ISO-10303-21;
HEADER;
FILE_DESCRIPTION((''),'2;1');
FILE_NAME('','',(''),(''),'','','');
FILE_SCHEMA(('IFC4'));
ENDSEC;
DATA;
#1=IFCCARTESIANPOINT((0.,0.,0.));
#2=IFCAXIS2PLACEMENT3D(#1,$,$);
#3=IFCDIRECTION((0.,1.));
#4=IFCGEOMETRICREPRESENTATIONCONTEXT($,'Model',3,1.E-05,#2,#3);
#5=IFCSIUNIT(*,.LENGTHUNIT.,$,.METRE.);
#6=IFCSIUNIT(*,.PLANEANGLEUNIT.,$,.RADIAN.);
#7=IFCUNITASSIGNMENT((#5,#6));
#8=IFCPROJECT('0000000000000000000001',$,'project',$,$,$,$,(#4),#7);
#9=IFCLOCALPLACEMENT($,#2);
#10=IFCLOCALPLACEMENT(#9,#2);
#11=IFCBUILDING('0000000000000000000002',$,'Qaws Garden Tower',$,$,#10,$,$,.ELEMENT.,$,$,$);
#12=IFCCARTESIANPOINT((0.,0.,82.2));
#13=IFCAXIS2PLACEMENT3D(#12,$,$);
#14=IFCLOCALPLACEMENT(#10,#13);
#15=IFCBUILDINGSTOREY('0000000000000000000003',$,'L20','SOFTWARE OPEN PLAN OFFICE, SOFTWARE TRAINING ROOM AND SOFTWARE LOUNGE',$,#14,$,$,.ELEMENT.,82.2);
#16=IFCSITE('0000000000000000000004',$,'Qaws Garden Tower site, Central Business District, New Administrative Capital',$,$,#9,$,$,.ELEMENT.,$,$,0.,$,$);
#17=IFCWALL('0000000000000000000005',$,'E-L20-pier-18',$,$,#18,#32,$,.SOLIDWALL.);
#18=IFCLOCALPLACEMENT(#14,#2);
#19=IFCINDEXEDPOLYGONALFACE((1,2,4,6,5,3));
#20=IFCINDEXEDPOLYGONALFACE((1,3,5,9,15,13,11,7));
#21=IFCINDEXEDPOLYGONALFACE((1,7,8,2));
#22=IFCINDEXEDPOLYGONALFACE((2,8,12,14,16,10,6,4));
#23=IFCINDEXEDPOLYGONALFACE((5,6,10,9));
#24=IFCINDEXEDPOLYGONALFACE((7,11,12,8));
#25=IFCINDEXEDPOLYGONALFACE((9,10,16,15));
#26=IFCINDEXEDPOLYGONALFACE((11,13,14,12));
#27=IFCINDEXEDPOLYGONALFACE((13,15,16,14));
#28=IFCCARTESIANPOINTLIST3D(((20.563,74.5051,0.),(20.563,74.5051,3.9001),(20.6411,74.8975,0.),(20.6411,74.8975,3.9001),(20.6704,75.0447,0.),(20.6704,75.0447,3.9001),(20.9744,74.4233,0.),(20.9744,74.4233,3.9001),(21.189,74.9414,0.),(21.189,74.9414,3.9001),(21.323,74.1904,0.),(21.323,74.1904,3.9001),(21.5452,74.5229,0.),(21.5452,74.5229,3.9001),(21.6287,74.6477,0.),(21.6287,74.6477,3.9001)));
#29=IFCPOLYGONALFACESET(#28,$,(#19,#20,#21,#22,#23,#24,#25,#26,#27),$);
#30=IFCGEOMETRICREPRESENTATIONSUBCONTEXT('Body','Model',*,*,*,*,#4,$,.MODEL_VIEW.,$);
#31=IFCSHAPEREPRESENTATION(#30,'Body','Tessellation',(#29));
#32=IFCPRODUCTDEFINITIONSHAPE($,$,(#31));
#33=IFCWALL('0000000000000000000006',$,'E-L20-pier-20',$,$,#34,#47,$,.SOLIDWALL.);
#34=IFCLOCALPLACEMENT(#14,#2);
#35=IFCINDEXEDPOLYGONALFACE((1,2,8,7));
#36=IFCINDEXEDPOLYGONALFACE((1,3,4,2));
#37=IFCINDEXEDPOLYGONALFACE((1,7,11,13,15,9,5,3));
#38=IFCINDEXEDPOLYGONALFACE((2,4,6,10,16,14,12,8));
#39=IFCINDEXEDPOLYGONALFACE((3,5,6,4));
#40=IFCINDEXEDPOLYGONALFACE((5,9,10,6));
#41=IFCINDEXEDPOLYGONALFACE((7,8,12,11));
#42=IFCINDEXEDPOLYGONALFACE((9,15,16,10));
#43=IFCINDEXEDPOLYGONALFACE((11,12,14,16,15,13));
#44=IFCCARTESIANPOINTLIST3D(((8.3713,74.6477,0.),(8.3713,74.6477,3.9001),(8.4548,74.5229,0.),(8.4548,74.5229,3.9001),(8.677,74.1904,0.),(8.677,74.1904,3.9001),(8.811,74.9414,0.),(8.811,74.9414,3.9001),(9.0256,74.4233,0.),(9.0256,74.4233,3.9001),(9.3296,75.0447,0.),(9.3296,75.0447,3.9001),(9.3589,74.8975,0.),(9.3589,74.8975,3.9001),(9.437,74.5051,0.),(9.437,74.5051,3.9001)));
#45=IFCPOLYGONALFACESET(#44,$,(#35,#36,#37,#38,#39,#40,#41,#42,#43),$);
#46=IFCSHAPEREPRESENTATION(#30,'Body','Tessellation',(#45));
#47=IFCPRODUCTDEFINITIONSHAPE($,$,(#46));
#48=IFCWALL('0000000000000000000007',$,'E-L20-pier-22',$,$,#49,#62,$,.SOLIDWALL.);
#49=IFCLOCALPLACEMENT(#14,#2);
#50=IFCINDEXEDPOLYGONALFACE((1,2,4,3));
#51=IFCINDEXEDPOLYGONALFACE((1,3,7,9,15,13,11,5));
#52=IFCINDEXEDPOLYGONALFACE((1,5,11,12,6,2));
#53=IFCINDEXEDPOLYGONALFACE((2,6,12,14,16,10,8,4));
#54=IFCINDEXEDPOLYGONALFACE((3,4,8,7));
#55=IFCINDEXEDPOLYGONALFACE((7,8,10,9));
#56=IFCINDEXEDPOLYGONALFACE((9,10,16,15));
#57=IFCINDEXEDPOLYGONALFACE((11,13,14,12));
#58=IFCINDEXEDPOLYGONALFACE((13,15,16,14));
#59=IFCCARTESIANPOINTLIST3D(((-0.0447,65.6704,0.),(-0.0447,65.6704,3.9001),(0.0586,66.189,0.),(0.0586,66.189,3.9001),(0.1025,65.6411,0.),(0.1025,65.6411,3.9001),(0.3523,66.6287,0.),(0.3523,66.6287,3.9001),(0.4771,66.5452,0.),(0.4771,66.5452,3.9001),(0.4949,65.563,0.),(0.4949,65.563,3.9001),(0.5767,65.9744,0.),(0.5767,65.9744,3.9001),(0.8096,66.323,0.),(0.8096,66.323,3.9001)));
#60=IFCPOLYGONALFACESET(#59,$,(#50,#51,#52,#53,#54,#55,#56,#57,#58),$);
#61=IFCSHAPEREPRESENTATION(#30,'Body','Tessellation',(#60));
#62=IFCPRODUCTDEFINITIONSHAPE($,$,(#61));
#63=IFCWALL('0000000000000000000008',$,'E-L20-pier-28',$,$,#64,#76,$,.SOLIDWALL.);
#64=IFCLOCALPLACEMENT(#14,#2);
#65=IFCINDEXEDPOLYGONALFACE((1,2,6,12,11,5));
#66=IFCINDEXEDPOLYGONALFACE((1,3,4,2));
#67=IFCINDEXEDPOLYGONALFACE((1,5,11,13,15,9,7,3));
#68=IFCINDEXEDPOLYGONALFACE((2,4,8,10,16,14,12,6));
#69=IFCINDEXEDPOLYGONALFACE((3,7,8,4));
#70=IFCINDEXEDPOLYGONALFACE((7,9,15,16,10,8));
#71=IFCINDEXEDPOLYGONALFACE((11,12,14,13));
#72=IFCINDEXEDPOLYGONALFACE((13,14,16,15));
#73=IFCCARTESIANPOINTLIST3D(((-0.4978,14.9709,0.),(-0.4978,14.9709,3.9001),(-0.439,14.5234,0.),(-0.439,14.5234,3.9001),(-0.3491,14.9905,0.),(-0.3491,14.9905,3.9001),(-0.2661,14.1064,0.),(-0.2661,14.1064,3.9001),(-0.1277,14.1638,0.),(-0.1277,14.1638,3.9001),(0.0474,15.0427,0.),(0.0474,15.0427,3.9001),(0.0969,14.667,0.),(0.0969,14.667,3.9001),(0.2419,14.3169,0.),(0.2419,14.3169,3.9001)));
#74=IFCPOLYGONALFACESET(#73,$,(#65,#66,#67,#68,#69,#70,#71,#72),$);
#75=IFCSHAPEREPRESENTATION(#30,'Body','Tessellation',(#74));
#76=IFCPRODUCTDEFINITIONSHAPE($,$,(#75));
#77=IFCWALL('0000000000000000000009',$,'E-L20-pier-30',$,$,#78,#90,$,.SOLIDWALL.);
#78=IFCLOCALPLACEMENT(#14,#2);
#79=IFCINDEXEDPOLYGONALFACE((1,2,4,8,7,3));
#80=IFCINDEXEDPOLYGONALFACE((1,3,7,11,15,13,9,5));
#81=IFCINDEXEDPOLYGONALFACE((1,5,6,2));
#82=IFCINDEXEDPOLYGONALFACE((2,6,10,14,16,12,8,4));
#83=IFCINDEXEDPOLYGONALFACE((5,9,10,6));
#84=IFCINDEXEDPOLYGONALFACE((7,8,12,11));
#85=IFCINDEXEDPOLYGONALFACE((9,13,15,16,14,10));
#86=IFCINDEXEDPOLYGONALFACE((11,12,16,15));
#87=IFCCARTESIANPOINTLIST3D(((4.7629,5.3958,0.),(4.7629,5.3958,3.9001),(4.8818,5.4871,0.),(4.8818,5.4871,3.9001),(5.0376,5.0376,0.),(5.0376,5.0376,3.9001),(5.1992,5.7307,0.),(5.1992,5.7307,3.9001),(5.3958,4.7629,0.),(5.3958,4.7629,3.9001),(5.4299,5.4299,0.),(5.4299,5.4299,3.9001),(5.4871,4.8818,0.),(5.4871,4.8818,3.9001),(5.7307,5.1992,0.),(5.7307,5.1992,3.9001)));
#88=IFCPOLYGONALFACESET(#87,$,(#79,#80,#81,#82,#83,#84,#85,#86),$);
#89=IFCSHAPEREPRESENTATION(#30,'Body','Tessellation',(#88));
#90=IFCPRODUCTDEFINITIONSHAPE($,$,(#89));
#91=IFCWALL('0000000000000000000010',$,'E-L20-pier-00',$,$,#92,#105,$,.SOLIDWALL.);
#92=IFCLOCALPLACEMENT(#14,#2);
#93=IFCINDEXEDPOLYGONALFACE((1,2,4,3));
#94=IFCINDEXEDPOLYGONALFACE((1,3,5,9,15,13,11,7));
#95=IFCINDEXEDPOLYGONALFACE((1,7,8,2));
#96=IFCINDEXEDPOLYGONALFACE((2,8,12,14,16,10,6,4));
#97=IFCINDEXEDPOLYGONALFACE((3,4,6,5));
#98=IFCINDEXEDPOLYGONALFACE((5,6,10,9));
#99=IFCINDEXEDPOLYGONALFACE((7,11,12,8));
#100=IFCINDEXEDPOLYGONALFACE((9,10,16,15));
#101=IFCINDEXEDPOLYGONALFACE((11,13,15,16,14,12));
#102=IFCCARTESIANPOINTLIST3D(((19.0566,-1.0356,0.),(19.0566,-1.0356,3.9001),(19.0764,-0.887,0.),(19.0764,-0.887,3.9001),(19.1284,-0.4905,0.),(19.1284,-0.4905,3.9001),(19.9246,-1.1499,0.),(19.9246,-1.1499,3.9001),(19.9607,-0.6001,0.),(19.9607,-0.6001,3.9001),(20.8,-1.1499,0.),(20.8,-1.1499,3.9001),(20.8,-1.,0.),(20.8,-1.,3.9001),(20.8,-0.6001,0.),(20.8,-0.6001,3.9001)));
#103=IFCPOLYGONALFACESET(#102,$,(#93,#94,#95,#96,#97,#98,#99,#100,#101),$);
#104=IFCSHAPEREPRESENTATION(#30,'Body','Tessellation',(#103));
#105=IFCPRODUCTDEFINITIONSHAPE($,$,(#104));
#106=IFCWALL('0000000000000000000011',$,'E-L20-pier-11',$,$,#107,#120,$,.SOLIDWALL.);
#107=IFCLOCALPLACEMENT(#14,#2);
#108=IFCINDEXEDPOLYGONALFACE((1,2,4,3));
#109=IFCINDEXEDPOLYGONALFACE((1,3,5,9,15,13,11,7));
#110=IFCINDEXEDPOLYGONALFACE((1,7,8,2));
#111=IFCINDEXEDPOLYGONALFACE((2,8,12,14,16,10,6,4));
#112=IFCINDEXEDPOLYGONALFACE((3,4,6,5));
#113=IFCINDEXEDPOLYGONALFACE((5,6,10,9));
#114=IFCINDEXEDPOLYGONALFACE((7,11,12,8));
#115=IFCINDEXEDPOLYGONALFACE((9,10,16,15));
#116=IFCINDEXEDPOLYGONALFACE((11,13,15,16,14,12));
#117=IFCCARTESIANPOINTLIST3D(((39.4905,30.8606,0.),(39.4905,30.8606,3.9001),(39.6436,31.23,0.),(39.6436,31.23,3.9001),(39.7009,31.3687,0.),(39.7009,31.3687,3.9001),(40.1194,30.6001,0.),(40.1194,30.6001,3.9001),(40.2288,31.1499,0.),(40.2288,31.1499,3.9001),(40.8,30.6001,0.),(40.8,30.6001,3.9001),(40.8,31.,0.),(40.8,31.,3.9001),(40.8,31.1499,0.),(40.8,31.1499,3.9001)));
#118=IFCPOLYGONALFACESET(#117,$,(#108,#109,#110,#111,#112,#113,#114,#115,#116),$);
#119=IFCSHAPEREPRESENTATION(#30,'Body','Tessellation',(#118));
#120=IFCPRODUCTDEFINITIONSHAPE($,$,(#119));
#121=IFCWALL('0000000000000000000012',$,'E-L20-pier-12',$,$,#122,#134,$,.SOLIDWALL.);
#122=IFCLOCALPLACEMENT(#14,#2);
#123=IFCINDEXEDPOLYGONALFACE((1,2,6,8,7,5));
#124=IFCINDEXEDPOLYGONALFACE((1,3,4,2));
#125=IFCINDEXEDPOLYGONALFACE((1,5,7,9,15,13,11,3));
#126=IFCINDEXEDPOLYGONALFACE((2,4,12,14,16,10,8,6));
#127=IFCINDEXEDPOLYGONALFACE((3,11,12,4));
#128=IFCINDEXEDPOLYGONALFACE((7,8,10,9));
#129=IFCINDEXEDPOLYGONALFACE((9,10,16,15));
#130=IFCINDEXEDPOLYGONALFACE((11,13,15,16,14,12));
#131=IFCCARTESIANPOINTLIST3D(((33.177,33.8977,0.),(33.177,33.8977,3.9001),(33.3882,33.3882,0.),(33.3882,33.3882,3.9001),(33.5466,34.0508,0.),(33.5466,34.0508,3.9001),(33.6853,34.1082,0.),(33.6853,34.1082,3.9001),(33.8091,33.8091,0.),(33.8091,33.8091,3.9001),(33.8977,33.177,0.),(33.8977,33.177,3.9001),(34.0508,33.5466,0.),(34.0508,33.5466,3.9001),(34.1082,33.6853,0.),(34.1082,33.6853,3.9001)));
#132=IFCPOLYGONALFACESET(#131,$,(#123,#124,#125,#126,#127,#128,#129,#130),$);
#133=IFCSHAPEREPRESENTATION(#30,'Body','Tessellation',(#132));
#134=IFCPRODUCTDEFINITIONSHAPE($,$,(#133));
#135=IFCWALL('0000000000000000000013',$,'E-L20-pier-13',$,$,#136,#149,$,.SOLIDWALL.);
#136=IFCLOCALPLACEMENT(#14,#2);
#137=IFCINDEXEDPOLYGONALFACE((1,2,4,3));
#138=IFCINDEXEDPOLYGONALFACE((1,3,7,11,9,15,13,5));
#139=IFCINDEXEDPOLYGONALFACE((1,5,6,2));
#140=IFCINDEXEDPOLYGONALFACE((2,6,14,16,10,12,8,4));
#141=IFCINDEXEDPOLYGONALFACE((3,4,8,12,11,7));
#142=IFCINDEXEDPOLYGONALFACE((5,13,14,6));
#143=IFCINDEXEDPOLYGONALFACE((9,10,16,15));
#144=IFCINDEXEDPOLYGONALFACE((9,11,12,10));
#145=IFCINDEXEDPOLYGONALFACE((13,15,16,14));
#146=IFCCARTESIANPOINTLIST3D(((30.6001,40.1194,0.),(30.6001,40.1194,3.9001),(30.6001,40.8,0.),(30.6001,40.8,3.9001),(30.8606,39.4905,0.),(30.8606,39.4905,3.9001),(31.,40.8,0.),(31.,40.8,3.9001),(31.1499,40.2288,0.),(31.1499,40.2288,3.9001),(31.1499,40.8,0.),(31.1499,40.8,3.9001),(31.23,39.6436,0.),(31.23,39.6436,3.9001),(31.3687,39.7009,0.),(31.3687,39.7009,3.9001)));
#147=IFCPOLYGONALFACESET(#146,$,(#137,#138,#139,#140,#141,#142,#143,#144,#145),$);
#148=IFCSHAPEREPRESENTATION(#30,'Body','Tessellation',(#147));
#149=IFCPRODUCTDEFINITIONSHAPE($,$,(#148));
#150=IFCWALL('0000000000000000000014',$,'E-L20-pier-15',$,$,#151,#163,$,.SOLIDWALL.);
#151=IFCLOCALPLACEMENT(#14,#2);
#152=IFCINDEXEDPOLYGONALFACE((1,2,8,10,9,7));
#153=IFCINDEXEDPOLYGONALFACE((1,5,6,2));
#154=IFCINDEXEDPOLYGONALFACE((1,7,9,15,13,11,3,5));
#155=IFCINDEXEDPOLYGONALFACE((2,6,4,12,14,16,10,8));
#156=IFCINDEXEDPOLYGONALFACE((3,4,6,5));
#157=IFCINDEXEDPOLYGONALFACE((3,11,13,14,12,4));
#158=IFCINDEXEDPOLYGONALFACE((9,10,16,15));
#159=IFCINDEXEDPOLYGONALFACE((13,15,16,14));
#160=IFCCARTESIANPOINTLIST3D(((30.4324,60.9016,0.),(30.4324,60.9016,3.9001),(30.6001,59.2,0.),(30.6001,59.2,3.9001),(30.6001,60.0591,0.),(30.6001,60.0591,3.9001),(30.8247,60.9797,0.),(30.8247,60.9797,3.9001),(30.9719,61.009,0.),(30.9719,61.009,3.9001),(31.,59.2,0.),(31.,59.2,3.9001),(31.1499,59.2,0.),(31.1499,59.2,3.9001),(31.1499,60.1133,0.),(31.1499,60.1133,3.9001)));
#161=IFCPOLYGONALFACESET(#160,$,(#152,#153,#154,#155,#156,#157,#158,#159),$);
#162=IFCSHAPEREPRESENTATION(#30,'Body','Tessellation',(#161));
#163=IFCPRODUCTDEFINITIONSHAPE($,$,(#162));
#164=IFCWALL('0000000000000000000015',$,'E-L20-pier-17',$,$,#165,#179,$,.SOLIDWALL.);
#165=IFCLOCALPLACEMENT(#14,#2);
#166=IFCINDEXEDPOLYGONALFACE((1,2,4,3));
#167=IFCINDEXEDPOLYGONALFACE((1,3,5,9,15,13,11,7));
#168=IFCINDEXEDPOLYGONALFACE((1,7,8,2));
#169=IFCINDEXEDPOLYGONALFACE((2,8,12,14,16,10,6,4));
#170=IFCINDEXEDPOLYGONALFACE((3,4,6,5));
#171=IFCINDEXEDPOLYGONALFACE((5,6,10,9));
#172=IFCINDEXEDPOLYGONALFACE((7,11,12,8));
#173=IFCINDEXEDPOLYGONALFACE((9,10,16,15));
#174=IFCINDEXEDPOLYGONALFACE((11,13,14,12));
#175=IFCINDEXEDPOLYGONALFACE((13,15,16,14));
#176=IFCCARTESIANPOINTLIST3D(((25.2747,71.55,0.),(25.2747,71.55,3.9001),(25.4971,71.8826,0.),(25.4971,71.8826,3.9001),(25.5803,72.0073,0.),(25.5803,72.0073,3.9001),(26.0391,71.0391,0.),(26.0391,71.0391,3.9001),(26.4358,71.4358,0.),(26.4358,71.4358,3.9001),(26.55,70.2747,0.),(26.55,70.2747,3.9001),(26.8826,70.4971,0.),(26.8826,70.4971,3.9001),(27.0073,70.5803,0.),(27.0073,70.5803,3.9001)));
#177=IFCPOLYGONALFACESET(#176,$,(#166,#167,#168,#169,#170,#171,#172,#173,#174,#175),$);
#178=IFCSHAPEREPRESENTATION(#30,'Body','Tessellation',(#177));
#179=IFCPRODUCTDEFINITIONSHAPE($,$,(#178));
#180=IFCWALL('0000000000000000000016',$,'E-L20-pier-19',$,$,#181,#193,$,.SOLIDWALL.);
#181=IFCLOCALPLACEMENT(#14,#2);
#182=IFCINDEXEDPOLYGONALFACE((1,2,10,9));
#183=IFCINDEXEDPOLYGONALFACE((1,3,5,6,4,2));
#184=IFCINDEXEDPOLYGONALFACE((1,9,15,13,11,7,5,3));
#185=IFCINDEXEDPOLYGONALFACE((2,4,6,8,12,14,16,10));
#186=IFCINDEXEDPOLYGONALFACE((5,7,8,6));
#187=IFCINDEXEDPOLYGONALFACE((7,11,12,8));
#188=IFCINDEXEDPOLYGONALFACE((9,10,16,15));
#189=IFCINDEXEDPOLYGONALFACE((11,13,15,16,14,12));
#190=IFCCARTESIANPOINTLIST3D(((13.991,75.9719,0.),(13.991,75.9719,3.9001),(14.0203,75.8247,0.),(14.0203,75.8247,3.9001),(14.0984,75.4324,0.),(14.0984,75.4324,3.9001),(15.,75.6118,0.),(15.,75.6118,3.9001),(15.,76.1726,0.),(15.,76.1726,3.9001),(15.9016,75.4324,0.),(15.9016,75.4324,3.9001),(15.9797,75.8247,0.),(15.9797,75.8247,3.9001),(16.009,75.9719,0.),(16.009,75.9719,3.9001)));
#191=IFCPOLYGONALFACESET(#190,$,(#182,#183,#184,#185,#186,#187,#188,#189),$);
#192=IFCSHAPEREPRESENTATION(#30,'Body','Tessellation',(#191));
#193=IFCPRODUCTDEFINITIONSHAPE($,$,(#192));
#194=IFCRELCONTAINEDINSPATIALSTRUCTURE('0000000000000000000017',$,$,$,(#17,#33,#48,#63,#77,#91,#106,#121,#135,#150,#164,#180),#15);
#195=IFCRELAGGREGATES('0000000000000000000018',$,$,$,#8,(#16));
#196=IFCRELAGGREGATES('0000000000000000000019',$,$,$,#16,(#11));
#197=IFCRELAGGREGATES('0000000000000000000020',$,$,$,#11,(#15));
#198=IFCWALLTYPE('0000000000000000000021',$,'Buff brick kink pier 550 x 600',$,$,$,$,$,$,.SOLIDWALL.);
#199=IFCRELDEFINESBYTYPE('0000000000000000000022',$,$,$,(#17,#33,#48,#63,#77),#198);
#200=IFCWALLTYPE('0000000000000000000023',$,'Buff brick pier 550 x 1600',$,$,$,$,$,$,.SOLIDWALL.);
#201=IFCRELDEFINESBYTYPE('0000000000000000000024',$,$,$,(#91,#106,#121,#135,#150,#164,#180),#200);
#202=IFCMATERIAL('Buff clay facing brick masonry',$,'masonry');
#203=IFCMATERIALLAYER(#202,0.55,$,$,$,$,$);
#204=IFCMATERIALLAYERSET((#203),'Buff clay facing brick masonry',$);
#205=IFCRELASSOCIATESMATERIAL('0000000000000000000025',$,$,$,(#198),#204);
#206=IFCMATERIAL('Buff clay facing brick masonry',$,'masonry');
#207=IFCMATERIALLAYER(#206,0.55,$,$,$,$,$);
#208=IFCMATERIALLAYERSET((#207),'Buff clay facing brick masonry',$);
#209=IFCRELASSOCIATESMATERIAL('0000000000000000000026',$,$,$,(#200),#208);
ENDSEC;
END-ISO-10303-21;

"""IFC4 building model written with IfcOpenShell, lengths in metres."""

from ifc_helpers import new_model, si_unit, direction, frame, origin, place, context, subcontext, project, spatial, polyline, outline, extrude, material, layer, layer_set, type_object, element, save


model = new_model("IFC4")

# Units and contexts
model_context = context("Model", 3, precision=1e-05, world=origin(), true_north=direction((0.0, 1.0)))
body_context = subcontext(model_context, "Body", "Model", "MODEL_VIEW")
ifc_project = project(units=[si_unit("LENGTHUNIT", "METRE"), si_unit("PLANEANGLEUNIT", "RADIAN")], contexts=[model_context])

# Site, building, storey
site_placement = place(None, origin())
site = spatial("IfcSite", under=ifc_project, at=site_placement, Name="Qaws Garden Tower site, Central Business District, New Administrative Capital", CompositionType="ELEMENT", RefElevation=0.0)
building_placement = place(site_placement, origin())
building = spatial("IfcBuilding", under=site, at=building_placement, Name="Qaws Garden Tower", CompositionType="ELEMENT")
storey_placement = place(building_placement, frame((0.0, 0.0, 82.2)))
storey = spatial("IfcBuildingStorey", under=building, at=storey_placement, Name="L20", Description="SOFTWARE OPEN PLAN OFFICE, SOFTWARE TRAINING ROOM AND SOFTWARE LOUNGE", CompositionType="ELEMENT", Elevation=82.2)

# Walls
placement = place(storey_placement, origin())
ifc_material_1 = material(Name="Buff clay facing brick masonry", Category="masonry")
ifc_layer_1 = layer(ifc_material_1, 0.55)
ifc_layer_set_1 = layer_set([ifc_layer_1], Name="Buff clay facing brick masonry")
wall_type_1 = type_object("IfcWallType", Name="Buff brick kink pier 550 x 600", PredefinedType="SOLIDWALL", material=ifc_layer_set_1)
element("IfcWall", 1, at=placement, inside=storey, type_object=wall_type_1, Name="E-L20-pier-18", PredefinedType="SOLIDWALL", context=body_context, shape_type="SweptSolid", body=[
    extrude(outline(polyline([(21.5452, 74.5229), (21.6287, 74.6477), (21.189, 74.9414), (20.6704, 75.0447), (20.6411, 74.8975), (20.563, 74.5051), (20.9744, 74.4233), (21.323, 74.1904), (21.5452, 74.5229)])), origin(), (0.0, 0.0, 1.0), 3.9001),
])
element("IfcWall", 2, at=placement, inside=storey, type_object=wall_type_1, Name="E-L20-pier-20", PredefinedType="SOLIDWALL", context=body_context, shape_type="SweptSolid", body=[
    extrude(outline(polyline([(9.3589, 74.8975), (9.3296, 75.0447), (8.811, 74.9414), (8.3713, 74.6477), (8.4548, 74.5229), (8.677, 74.1904), (9.0256, 74.4233), (9.437, 74.5051), (9.3589, 74.8975)])), origin(), (0.0, 0.0, 1.0), 3.9001),
])
element("IfcWall", 3, at=placement, inside=storey, type_object=wall_type_1, Name="E-L20-pier-22", PredefinedType="SOLIDWALL", context=body_context, shape_type="SweptSolid", body=[
    extrude(outline(polyline([(0.4771, 66.5452), (0.3523, 66.6287), (0.0586, 66.189), (-0.0447, 65.6704), (0.1025, 65.6411), (0.4949, 65.563), (0.5767, 65.9744), (0.8096, 66.323), (0.4771, 66.5452)])), origin(), (0.0, 0.0, 1.0), 3.9001),
])
element("IfcWall", 4, at=placement, inside=storey, type_object=wall_type_1, Name="E-L20-pier-28", PredefinedType="SOLIDWALL", context=body_context, shape_type="SweptSolid", body=[
    extrude(outline(polyline([(-0.3491, 14.9905), (-0.4978, 14.9709), (-0.439, 14.5234), (-0.2661, 14.1064), (-0.1277, 14.1638), (0.2419, 14.3169), (0.0969, 14.667), (0.0474, 15.0427), (-0.3491, 14.9905)])), origin(), (0.0, 0.0, 1.0), 3.9001),
])
element("IfcWall", 5, at=placement, inside=storey, type_object=wall_type_1, Name="E-L20-pier-30", PredefinedType="SOLIDWALL", context=body_context, shape_type="SweptSolid", body=[
    extrude(outline(polyline([(4.8818, 5.4871), (4.7629, 5.3958), (5.0376, 5.0376), (5.3958, 4.7629), (5.4871, 4.8818), (5.7307, 5.1992), (5.4299, 5.4299), (5.1992, 5.7307), (4.8818, 5.4871)])), origin(), (0.0, 0.0, 1.0), 3.9001),
])
ifc_material_2 = material(Name="Buff clay facing brick masonry", Category="masonry")
ifc_layer_2 = layer(ifc_material_2, 0.55)
ifc_layer_set_2 = layer_set([ifc_layer_2], Name="Buff clay facing brick masonry")
wall_type_2 = type_object("IfcWallType", Name="Buff brick pier 550 x 1600", PredefinedType="SOLIDWALL", material=ifc_layer_set_2)
element("IfcWall", 6, at=placement, inside=storey, type_object=wall_type_2, Name="E-L20-pier-00", PredefinedType="SOLIDWALL", context=body_context, shape_type="SweptSolid", body=[
    extrude(outline(polyline([(19.0764, -0.887), (19.0566, -1.0356), (19.9246, -1.1499), (20.8, -1.1499), (20.8, -1.0), (20.8, -0.6001), (19.9607, -0.6001), (19.1284, -0.4905), (19.0764, -0.887)])), origin(), (0.0, 0.0, 1.0), 3.9001),
])
element("IfcWall", 7, at=placement, inside=storey, type_object=wall_type_2, Name="E-L20-pier-11", PredefinedType="SOLIDWALL", context=body_context, shape_type="SweptSolid", body=[
    extrude(outline(polyline([(40.8, 31.0), (40.8, 31.1499), (40.2288, 31.1499), (39.7009, 31.3687), (39.6436, 31.23), (39.4905, 30.8606), (40.1194, 30.6001), (40.8, 30.6001), (40.8, 31.0)])), origin(), (0.0, 0.0, 1.0), 3.9001),
])
element("IfcWall", 8, at=placement, inside=storey, type_object=wall_type_2, Name="E-L20-pier-12", PredefinedType="SOLIDWALL", context=body_context, shape_type="SweptSolid", body=[
    extrude(outline(polyline([(34.0508, 33.5466), (34.1082, 33.6853), (33.8091, 33.8091), (33.6853, 34.1082), (33.5466, 34.0508), (33.177, 33.8977), (33.3882, 33.3882), (33.8977, 33.177), (34.0508, 33.5466)])), origin(), (0.0, 0.0, 1.0), 3.9001),
])
element("IfcWall", 9, at=placement, inside=storey, type_object=wall_type_2, Name="E-L20-pier-13", PredefinedType="SOLIDWALL", context=body_context, shape_type="SweptSolid", body=[
    extrude(outline(polyline([(31.23, 39.6436), (31.3687, 39.7009), (31.1499, 40.2288), (31.1499, 40.8), (31.0, 40.8), (30.6001, 40.8), (30.6001, 40.1194), (30.8606, 39.4905), (31.23, 39.6436)])), origin(), (0.0, 0.0, 1.0), 3.9001),
])
element("IfcWall", 10, at=placement, inside=storey, type_object=wall_type_2, Name="E-L20-pier-15", PredefinedType="SOLIDWALL", context=body_context, shape_type="SweptSolid", body=[
    extrude(outline(polyline([(31.0, 59.2), (31.1499, 59.2), (31.1499, 60.1133), (30.9719, 61.009), (30.8247, 60.9797), (30.4324, 60.9016), (30.6001, 60.0591), (30.6001, 59.2), (31.0, 59.2)])), origin(), (0.0, 0.0, 1.0), 3.9001),
])
element("IfcWall", 11, at=placement, inside=storey, type_object=wall_type_2, Name="E-L20-pier-17", PredefinedType="SOLIDWALL", context=body_context, shape_type="SweptSolid", body=[
    extrude(outline(polyline([(26.8826, 70.4971), (27.0073, 70.5803), (26.4358, 71.4358), (25.5803, 72.0073), (25.4971, 71.8826), (25.2747, 71.55), (26.0391, 71.0391), (26.55, 70.2747), (26.8826, 70.4971)])), origin(), (0.0, 0.0, 1.0), 3.9001),
])
element("IfcWall", 12, at=placement, inside=storey, type_object=wall_type_2, Name="E-L20-pier-19", PredefinedType="SOLIDWALL", context=body_context, shape_type="SweptSolid", body=[
    extrude(outline(polyline([(15.9797, 75.8247), (16.009, 75.9719), (15.0, 76.1726), (13.991, 75.9719), (14.0203, 75.8247), (14.0984, 75.4324), (15.0, 75.6118), (15.9016, 75.4324), (15.9797, 75.8247)])), origin(), (0.0, 0.0, 1.0), 3.9001),
])

save(model, "model.ifc")
